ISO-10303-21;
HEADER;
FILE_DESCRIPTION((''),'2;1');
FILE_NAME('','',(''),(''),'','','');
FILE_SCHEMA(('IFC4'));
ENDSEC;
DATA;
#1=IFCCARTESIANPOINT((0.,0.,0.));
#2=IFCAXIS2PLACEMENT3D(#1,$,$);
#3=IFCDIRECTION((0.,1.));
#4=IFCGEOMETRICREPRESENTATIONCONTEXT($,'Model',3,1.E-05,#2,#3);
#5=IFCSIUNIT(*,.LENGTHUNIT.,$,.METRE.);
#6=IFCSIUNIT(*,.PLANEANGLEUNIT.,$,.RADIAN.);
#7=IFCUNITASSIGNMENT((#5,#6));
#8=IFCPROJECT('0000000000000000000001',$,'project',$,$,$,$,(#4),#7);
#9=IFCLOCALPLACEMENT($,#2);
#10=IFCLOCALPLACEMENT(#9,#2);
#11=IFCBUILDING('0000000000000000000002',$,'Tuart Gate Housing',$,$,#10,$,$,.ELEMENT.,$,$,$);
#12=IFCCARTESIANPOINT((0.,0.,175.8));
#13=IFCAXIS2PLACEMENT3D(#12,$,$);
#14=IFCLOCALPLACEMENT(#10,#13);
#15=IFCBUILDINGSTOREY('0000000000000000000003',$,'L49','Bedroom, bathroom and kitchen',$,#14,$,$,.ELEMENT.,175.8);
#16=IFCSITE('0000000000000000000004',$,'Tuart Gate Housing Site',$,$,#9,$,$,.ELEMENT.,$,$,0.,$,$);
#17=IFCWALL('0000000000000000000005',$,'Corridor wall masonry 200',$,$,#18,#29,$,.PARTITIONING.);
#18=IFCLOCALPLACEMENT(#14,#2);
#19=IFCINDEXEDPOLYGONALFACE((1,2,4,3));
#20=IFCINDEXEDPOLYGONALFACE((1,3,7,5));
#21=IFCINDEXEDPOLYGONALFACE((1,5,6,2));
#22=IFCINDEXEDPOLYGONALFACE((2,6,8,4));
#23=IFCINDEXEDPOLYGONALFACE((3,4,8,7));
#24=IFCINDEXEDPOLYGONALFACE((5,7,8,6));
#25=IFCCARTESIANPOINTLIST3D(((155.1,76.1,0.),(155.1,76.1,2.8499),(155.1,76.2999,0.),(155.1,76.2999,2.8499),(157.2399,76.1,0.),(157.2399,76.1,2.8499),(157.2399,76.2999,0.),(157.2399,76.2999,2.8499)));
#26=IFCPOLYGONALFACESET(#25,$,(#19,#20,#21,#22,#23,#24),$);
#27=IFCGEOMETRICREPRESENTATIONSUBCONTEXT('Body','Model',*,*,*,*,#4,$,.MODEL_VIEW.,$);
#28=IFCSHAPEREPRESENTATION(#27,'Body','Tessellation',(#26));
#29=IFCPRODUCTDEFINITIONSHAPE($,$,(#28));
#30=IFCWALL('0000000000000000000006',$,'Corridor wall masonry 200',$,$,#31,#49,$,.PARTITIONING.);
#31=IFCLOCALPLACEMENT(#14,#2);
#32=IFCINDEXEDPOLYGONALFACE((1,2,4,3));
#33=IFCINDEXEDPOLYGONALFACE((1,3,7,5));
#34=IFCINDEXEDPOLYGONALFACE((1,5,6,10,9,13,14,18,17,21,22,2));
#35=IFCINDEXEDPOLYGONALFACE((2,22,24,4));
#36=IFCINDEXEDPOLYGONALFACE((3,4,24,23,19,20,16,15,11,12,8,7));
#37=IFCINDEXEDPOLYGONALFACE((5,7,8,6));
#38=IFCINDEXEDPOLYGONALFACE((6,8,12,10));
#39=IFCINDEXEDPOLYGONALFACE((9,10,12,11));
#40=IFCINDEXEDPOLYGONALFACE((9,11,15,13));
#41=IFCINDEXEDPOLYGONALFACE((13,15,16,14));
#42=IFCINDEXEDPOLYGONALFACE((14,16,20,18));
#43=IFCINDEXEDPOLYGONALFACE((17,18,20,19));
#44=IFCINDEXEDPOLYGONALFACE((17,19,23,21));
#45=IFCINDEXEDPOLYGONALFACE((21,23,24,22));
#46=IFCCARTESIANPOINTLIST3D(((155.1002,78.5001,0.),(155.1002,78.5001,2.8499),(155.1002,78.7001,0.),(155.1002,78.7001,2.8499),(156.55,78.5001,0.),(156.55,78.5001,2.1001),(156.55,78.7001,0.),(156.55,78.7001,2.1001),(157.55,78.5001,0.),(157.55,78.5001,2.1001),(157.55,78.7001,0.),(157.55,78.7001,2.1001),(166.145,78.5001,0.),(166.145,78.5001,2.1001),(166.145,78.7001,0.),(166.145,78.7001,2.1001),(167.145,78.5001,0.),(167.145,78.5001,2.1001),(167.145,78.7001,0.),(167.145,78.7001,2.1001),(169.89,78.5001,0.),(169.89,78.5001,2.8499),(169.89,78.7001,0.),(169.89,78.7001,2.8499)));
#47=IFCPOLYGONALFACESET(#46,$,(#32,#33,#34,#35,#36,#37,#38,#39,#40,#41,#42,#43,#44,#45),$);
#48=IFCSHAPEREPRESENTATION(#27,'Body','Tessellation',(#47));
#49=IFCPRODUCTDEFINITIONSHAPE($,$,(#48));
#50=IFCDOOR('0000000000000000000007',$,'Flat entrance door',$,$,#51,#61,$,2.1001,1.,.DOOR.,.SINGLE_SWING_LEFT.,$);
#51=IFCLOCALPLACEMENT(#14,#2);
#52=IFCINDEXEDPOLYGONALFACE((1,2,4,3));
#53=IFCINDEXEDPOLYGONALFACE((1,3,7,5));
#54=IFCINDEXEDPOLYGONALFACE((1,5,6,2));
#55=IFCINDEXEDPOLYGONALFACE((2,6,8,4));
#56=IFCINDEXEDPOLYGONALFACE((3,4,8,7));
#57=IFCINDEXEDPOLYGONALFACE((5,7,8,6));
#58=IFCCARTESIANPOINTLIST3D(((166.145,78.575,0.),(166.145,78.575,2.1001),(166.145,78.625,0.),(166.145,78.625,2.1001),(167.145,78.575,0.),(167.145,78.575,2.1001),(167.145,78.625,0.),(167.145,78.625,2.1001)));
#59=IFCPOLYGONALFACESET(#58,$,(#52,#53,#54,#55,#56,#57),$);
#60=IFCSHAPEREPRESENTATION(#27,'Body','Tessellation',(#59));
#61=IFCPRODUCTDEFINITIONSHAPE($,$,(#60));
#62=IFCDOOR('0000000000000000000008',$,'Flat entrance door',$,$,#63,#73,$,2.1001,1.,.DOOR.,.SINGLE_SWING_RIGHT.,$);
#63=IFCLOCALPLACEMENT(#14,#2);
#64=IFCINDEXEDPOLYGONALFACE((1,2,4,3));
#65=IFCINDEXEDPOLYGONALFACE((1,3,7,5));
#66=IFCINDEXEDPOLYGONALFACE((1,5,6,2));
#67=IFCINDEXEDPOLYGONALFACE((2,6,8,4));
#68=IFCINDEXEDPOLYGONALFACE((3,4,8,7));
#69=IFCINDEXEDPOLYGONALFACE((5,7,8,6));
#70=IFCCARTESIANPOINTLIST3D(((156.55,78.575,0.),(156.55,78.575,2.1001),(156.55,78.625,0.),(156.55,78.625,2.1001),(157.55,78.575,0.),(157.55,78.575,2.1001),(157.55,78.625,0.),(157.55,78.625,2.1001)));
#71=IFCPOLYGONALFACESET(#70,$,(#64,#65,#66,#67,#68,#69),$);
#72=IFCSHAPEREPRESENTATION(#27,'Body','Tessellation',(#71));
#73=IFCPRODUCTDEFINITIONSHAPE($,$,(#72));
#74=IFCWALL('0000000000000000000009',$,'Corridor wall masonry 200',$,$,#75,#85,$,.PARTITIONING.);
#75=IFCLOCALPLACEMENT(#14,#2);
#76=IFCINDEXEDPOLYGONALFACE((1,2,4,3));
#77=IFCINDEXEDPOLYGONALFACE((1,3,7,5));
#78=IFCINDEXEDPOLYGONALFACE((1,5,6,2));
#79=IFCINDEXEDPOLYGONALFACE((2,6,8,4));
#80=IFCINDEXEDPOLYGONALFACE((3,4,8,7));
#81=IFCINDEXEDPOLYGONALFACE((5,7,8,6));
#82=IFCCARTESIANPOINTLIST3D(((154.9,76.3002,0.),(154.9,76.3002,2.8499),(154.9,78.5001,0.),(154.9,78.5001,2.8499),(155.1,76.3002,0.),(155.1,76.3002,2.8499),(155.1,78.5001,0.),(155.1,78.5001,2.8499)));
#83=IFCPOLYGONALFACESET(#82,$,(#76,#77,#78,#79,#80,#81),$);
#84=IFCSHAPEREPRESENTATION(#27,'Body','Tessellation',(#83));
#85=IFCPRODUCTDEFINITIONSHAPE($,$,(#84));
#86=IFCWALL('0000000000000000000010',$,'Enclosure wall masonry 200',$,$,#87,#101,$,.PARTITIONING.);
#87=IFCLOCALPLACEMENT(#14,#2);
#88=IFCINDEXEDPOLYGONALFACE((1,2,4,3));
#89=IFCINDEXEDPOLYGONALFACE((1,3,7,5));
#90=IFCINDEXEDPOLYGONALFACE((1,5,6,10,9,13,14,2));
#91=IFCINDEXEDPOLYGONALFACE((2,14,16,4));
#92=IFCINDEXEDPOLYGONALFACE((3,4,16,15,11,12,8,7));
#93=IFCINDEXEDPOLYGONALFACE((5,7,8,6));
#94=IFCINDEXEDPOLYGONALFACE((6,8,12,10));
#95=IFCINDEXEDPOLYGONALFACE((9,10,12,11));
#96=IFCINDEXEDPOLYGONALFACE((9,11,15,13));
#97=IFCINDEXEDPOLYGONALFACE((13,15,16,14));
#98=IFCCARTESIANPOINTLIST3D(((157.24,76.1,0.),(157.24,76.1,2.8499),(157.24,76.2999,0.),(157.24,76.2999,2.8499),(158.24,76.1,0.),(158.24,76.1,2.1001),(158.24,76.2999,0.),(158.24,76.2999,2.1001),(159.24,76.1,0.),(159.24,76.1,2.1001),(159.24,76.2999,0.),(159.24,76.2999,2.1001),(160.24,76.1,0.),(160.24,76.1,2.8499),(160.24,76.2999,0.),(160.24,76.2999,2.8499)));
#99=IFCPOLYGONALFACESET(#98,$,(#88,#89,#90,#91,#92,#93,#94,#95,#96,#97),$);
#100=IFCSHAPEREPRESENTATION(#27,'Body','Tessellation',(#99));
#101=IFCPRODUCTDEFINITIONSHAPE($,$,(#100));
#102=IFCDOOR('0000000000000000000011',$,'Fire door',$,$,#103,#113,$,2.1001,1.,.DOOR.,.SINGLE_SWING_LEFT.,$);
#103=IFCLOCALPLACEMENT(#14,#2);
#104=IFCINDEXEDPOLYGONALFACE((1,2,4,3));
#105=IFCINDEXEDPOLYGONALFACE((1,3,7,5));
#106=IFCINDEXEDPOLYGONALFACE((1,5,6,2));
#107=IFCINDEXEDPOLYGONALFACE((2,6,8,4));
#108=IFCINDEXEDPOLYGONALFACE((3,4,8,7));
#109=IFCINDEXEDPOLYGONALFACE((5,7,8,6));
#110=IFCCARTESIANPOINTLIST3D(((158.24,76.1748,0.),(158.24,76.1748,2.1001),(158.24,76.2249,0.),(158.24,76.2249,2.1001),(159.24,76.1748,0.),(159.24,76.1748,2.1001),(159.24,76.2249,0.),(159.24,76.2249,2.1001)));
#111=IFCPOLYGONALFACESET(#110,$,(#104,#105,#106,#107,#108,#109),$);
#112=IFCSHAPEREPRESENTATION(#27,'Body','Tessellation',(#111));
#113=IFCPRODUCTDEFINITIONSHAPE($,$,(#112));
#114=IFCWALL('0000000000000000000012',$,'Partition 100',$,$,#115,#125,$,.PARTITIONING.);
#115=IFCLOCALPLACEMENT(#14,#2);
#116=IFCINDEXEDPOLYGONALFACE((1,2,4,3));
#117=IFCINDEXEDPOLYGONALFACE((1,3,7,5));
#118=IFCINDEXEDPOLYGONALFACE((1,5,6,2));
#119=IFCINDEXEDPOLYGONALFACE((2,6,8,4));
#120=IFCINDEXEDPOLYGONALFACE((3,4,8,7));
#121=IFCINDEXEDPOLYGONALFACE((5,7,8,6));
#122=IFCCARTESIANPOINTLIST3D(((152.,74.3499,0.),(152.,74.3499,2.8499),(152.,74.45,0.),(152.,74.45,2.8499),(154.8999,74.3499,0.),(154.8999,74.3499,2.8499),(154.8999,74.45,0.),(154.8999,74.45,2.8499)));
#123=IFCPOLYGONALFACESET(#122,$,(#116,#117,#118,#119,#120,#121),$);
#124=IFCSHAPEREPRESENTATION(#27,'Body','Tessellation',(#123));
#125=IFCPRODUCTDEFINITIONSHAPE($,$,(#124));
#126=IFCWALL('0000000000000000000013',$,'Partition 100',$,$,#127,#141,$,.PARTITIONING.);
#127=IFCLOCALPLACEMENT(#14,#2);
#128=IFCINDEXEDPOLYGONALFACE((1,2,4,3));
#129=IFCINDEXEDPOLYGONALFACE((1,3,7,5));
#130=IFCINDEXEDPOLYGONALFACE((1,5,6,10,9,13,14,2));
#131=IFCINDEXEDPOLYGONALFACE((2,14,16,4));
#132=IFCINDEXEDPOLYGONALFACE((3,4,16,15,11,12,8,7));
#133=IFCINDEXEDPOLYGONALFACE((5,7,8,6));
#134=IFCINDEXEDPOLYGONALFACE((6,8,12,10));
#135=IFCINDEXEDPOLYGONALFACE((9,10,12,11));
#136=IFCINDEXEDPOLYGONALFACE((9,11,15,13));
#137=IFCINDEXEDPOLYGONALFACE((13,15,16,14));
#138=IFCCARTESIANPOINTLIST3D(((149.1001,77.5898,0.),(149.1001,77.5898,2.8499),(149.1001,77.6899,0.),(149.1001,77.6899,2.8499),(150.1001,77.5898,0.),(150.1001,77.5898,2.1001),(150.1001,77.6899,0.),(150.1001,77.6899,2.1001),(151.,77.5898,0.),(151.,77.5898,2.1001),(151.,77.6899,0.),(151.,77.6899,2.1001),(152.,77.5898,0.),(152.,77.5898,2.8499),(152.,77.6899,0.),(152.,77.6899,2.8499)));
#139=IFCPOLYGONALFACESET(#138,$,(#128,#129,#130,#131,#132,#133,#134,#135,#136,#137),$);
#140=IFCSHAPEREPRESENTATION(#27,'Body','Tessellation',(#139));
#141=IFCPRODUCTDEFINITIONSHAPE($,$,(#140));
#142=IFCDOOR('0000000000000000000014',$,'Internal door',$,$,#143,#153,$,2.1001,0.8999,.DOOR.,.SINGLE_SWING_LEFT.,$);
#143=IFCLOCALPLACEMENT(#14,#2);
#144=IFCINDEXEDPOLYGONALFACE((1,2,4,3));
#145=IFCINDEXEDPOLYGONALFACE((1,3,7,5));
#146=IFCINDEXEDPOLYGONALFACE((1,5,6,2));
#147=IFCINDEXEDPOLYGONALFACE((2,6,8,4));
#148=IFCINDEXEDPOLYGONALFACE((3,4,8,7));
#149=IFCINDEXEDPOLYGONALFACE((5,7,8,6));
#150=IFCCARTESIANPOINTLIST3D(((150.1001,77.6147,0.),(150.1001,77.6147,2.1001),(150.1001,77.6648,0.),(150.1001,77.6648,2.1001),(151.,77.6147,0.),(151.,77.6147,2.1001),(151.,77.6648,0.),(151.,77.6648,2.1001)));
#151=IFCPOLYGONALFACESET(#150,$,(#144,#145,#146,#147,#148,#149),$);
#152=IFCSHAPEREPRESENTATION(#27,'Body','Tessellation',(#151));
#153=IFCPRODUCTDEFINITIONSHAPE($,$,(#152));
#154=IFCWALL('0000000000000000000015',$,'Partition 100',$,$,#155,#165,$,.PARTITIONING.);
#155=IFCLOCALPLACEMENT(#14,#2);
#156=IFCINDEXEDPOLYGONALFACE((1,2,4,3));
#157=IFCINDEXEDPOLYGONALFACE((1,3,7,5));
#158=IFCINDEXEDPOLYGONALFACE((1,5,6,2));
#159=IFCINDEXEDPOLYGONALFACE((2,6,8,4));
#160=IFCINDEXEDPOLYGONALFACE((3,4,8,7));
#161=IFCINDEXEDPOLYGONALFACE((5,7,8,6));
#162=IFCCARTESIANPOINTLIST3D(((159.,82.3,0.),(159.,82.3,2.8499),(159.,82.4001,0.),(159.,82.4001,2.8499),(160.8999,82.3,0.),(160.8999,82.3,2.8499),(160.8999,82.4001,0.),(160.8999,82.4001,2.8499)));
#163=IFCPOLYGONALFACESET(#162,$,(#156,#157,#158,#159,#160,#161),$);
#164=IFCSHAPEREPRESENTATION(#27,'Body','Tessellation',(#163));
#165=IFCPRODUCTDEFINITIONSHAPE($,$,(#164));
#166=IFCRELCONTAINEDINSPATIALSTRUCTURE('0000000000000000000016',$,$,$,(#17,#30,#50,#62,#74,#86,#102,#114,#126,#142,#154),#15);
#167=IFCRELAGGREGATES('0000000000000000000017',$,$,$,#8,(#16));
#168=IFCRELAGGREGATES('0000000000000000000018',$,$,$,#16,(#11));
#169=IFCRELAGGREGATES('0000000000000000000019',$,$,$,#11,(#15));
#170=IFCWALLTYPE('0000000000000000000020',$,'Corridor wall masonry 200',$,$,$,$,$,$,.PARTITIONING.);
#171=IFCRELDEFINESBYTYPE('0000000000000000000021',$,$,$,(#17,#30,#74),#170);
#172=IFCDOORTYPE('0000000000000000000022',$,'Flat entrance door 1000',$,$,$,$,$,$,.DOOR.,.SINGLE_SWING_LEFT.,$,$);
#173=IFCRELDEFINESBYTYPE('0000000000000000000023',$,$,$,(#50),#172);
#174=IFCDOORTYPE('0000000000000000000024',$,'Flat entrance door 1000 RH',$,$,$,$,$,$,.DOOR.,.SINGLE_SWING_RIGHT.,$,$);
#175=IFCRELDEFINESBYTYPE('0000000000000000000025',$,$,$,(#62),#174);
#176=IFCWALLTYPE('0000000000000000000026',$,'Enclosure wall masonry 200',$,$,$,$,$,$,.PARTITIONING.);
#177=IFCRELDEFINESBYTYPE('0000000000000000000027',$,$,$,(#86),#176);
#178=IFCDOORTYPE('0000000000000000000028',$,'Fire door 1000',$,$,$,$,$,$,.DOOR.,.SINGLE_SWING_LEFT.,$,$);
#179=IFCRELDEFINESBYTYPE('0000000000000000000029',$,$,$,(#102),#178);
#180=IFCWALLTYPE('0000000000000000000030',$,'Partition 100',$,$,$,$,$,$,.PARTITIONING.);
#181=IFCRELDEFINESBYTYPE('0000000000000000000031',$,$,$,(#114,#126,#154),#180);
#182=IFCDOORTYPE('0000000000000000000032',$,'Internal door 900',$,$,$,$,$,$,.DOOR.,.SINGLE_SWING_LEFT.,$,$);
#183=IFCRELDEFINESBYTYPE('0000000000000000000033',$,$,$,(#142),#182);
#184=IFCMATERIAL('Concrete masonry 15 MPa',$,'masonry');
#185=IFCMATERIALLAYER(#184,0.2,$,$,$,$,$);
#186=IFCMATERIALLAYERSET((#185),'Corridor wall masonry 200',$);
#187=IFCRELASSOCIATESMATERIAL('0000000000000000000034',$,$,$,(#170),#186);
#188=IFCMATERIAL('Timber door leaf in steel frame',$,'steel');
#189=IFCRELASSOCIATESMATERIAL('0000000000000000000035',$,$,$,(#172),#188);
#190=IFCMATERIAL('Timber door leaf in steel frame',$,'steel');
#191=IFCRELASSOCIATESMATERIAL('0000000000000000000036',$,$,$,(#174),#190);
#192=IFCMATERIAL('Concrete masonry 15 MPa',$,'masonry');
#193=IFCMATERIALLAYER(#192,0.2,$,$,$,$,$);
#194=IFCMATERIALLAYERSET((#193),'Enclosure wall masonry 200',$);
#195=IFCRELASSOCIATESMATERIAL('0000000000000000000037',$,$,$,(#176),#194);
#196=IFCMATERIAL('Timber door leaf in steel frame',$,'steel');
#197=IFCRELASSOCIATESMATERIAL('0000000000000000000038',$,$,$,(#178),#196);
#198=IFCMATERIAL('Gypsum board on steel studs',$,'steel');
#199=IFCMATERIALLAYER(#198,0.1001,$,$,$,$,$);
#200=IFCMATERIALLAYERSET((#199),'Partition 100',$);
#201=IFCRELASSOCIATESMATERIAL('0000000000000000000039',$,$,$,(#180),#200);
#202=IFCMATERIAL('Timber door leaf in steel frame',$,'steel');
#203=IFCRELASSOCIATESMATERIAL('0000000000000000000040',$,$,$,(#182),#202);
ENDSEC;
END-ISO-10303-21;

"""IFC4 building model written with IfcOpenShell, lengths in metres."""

from ifc_helpers import new_model, si_unit, direction, frame, frame_2d, origin, place, context, subcontext, project, spatial, rectangle, extrude, material, layer, layer_set, type_object, element, fill, save


model = new_model("IFC4")

# Units and contexts
model_context = context("Model", 3, precision=1e-05, world=origin(), true_north=direction((0.0, 1.0)))
body_context = subcontext(model_context, "Body", "Model", "MODEL_VIEW")
ifc_project = project(units=[si_unit("LENGTHUNIT", "METRE"), si_unit("PLANEANGLEUNIT", "RADIAN")], contexts=[model_context])

# Site, building, storey
site_placement = place(None, origin())
site = spatial("IfcSite", under=ifc_project, at=site_placement, Name="Tuart Gate Housing Site", CompositionType="ELEMENT", RefElevation=0.0)
building_placement = place(site_placement, origin())
building = spatial("IfcBuilding", under=site, at=building_placement, Name="Tuart Gate Housing", CompositionType="ELEMENT")
storey_placement = place(building_placement, frame((0.0, 0.0, 175.8)))
storey = spatial("IfcBuildingStorey", under=building, at=storey_placement, Name="L49", Description="Bedroom, bathroom and kitchen", CompositionType="ELEMENT", Elevation=175.8)

# Wall
ifc_material_1 = material(Name="Concrete masonry 15 MPa", Category="masonry")
ifc_layer_1 = layer(ifc_material_1, 0.2)
ifc_layer_set_1 = layer_set([ifc_layer_1], Name="Corridor wall masonry 200")
wall_type_1 = type_object("IfcWallType", Name="Corridor wall masonry 200", PredefinedType="PARTITIONING", material=ifc_layer_set_1)
wall_1_placement = place(storey_placement, frame((155.1001, 76.2, 0.0), z_axis=(0.0, 0.0, 1.0), x_axis=(1.0, 0.0, 0.0)))
element("IfcWall", 1, at=wall_1_placement, inside=storey, type_object=wall_type_1, Name="Corridor wall masonry 200", PredefinedType="PARTITIONING", context=body_context, shape_type="SweptSolid", body=[
    extrude(rectangle(XDim=2.1399, YDim=0.2, at=frame_2d((1.0698, 0.0))), origin(), (0.0, 0.0, 1.0), 2.8499),
])

# Wall, openings, doors
wall_2_placement = place(storey_placement, frame((155.1001, 78.6001, 0.0), z_axis=(0.0, 0.0, 1.0), x_axis=(1.0, 0.0, 0.0)))
wall_2 = element("IfcWall", 2, at=wall_2_placement, inside=storey, type_object=wall_type_1, Name="Corridor wall masonry 200", PredefinedType="PARTITIONING", context=body_context, shape_type="SweptSolid", body=[
    extrude(rectangle(XDim=14.7898, YDim=0.2, at=frame_2d((7.395, 0.0))), origin(), (0.0, 0.0, 1.0), 2.8499),
])
opening_1_placement = place(wall_2_placement, frame((1.45, 0.0, 0.0)))
opening_1 = element("IfcOpeningElement", 3, at=opening_1_placement, cuts=wall_2, PredefinedType="OPENING", context=body_context, shape_type="SweptSolid", body=[
    extrude(rectangle(XDim=1.0, YDim=2.1001, at=frame_2d((0.5, 1.05))), frame((0.0, 0.1099, 0.0), z_axis=(0.0, -1.0, 0.0), x_axis=(1.0, 0.0, 0.0)), (0.0, 0.0, 1.0), 0.22),
])
opening_2_placement = place(wall_2_placement, frame((11.0449, 0.0, 0.0)))
opening_2 = element("IfcOpeningElement", 4, at=opening_2_placement, cuts=wall_2, PredefinedType="OPENING", context=body_context, shape_type="SweptSolid", body=[
    extrude(rectangle(XDim=1.0, YDim=2.1001, at=frame_2d((0.5, 1.05))), frame((0.0, 0.1099, 0.0), z_axis=(0.0, -1.0, 0.0), x_axis=(1.0, 0.0, 0.0)), (0.0, 0.0, 1.0), 0.22),
])
ifc_material_2 = material(Name="Timber door leaf in steel frame", Category="steel")
door_type_1 = type_object("IfcDoorType", Name="Flat entrance door 1000", OperationType="SINGLE_SWING_LEFT", PredefinedType="DOOR", material=ifc_material_2)
door_1_placement = place(opening_2_placement, origin())
door_1 = element("IfcDoor", 5, at=door_1_placement, inside=storey, type_object=door_type_1, Name="Flat entrance door", OperationType="SINGLE_SWING_LEFT", OverallHeight=2.1001, OverallWidth=1.0, PredefinedType="DOOR", context=body_context, shape_type="SweptSolid", body=[
    extrude(rectangle(XDim=1.0, YDim=2.1001, at=frame_2d((0.5, 1.05))), frame((0.0, 0.0249, 0.0), z_axis=(0.0, -1.0, 0.0), x_axis=(1.0, 0.0, 0.0)), (0.0, 0.0, 1.0), 0.05),
])
fill(opening_2, door_1)
ifc_material_3 = material(Name="Timber door leaf in steel frame", Category="steel")
door_type_2 = type_object("IfcDoorType", Name="Flat entrance door 1000 RH", OperationType="SINGLE_SWING_RIGHT", PredefinedType="DOOR", material=ifc_material_3)
door_2_placement = place(opening_1_placement, origin())
door_2 = element("IfcDoor", 6, at=door_2_placement, inside=storey, type_object=door_type_2, Name="Flat entrance door", OperationType="SINGLE_SWING_RIGHT", OverallHeight=2.1001, OverallWidth=1.0, PredefinedType="DOOR", context=body_context, shape_type="SweptSolid", body=[
    extrude(rectangle(XDim=1.0, YDim=2.1001, at=frame_2d((0.5, 1.05))), frame((0.0, 0.0249, 0.0), z_axis=(0.0, -1.0, 0.0), x_axis=(1.0, 0.0, 0.0)), (0.0, 0.0, 1.0), 0.05),
])
fill(opening_1, door_2)

# Wall
wall_3_placement = place(storey_placement, frame((155.0, 76.3, 0.0), z_axis=(0.0, 0.0, 1.0), x_axis=(0.0, 1.0, 0.0)))
element("IfcWall", 7, at=wall_3_placement, inside=storey, type_object=wall_type_1, Name="Corridor wall masonry 200", PredefinedType="PARTITIONING", context=body_context, shape_type="SweptSolid", body=[
    extrude(rectangle(XDim=2.2, YDim=0.2, at=frame_2d((1.1001, 0.0))), origin(), (0.0, 0.0, 1.0), 2.8499),
])

# Wall, opening, door
ifc_material_4 = material(Name="Concrete masonry 15 MPa", Category="masonry")
ifc_layer_2 = layer(ifc_material_4, 0.2)
ifc_layer_set_2 = layer_set([ifc_layer_2], Name="Enclosure wall masonry 200")
wall_type_2 = type_object("IfcWallType", Name="Enclosure wall masonry 200", PredefinedType="PARTITIONING", material=ifc_layer_set_2)
wall_4_placement = place(storey_placement, frame((157.24, 76.2, 0.0), z_axis=(0.0, 0.0, 1.0), x_axis=(1.0, 0.0, 0.0)))
wall_4 = element("IfcWall", 8, at=wall_4_placement, inside=storey, type_object=wall_type_2, Name="Enclosure wall masonry 200", PredefinedType="PARTITIONING", context=body_context, shape_type="SweptSolid", body=[
    extrude(rectangle(XDim=3.0, YDim=0.2, at=frame_2d((1.5, 0.0))), origin(), (0.0, 0.0, 1.0), 2.8499),
])
opening_3_placement = place(wall_4_placement, frame((1.0, 0.0, 0.0)))
opening_3 = element("IfcOpeningElement", 9, at=opening_3_placement, cuts=wall_4, PredefinedType="OPENING", context=body_context, shape_type="SweptSolid", body=[
    extrude(rectangle(XDim=1.0, YDim=2.1001, at=frame_2d((0.5, 1.05))), frame((0.0, 0.1099, 0.0), z_axis=(0.0, -1.0, 0.0), x_axis=(1.0, 0.0, 0.0)), (0.0, 0.0, 1.0), 0.22),
])
ifc_material_5 = material(Name="Timber door leaf in steel frame", Category="steel")
door_type_3 = type_object("IfcDoorType", Name="Fire door 1000", OperationType="SINGLE_SWING_LEFT", PredefinedType="DOOR", material=ifc_material_5)
door_3_placement = place(opening_3_placement, origin())
door_3 = element("IfcDoor", 10, at=door_3_placement, inside=storey, type_object=door_type_3, Name="Fire door", OperationType="SINGLE_SWING_LEFT", OverallHeight=2.1001, OverallWidth=1.0, PredefinedType="DOOR", context=body_context, shape_type="SweptSolid", body=[
    extrude(rectangle(XDim=1.0, YDim=2.1001, at=frame_2d((0.5, 1.05))), frame((0.0, 0.0249, 0.0), z_axis=(0.0, -1.0, 0.0), x_axis=(1.0, 0.0, 0.0)), (0.0, 0.0, 1.0), 0.05),
])
fill(opening_3, door_3)

# Wall
ifc_material_6 = material(Name="Gypsum board on steel studs", Category="steel")
ifc_layer_3 = layer(ifc_material_6, 0.1001)
ifc_layer_set_3 = layer_set([ifc_layer_3], Name="Partition 100")
wall_type_3 = type_object("IfcWallType", Name="Partition 100", PredefinedType="PARTITIONING", material=ifc_layer_set_3)
wall_5_placement = place(storey_placement, frame((152.0, 74.3999, 0.0), z_axis=(0.0, 0.0, 1.0), x_axis=(1.0, 0.0, 0.0)))
element("IfcWall", 11, at=wall_5_placement, inside=storey, type_object=wall_type_3, Name="Partition 100", PredefinedType="PARTITIONING", context=body_context, shape_type="SweptSolid", body=[
    extrude(rectangle(XDim=2.8999, YDim=0.1001, at=frame_2d((1.45, 0.0))), origin(), (0.0, 0.0, 1.0), 2.8499),
])

# Wall, opening, door
wall_6_placement = place(storey_placement, frame((149.1001, 77.6399, 0.0), z_axis=(0.0, 0.0, 1.0), x_axis=(1.0, 0.0, 0.0)))
wall_6 = element("IfcWall", 12, at=wall_6_placement, inside=storey, type_object=wall_type_3, Name="Partition 100", PredefinedType="PARTITIONING", context=body_context, shape_type="SweptSolid", body=[
    extrude(rectangle(XDim=2.8999, YDim=0.1001, at=frame_2d((1.45, 0.0))), origin(), (0.0, 0.0, 1.0), 2.8499),
])
opening_4_placement = place(wall_6_placement, frame((1.0, 0.0, 0.0)))
opening_4 = element("IfcOpeningElement", 13, at=opening_4_placement, cuts=wall_6, PredefinedType="OPENING", context=body_context, shape_type="SweptSolid", body=[
    extrude(rectangle(XDim=0.8999, YDim=2.1001, at=frame_2d((0.45, 1.05))), frame((0.0, 0.0601, 0.0), z_axis=(0.0, -1.0, 0.0), x_axis=(1.0, 0.0, 0.0)), (0.0, 0.0, 1.0), 0.1201),
])
ifc_material_7 = material(Name="Timber door leaf in steel frame", Category="steel")
door_type_4 = type_object("IfcDoorType", Name="Internal door 900", OperationType="SINGLE_SWING_LEFT", PredefinedType="DOOR", material=ifc_material_7)
door_4_placement = place(opening_4_placement, frame((0.8999, 0.0, 0.0), z_axis=(0.0, 0.0, 1.0), x_axis=(-1.0, 0.0, 0.0)))
door_4 = element("IfcDoor", 14, at=door_4_placement, inside=storey, type_object=door_type_4, Name="Internal door", OperationType="SINGLE_SWING_LEFT", OverallHeight=2.1001, OverallWidth=0.8999, PredefinedType="DOOR", context=body_context, shape_type="SweptSolid", body=[
    extrude(rectangle(XDim=0.8999, YDim=2.1001, at=frame_2d((0.45, 1.05))), frame((0.0, 0.0251, 0.0), z_axis=(0.0, -1.0, 0.0), x_axis=(1.0, 0.0, 0.0)), (0.0, 0.0, 1.0), 0.05),
])
fill(opening_4, door_4)

# Wall
wall_7_placement = place(storey_placement, frame((159.0, 82.3501, 0.0), z_axis=(0.0, 0.0, 1.0), x_axis=(1.0, 0.0, 0.0)))
element("IfcWall", 15, at=wall_7_placement, inside=storey, type_object=wall_type_3, Name="Partition 100", PredefinedType="PARTITIONING", context=body_context, shape_type="SweptSolid", body=[
    extrude(rectangle(XDim=1.8999, YDim=0.1001, at=frame_2d((0.95, 0.0))), origin(), (0.0, 0.0, 1.0), 2.8499),
])

save(model, "model.ifc")
